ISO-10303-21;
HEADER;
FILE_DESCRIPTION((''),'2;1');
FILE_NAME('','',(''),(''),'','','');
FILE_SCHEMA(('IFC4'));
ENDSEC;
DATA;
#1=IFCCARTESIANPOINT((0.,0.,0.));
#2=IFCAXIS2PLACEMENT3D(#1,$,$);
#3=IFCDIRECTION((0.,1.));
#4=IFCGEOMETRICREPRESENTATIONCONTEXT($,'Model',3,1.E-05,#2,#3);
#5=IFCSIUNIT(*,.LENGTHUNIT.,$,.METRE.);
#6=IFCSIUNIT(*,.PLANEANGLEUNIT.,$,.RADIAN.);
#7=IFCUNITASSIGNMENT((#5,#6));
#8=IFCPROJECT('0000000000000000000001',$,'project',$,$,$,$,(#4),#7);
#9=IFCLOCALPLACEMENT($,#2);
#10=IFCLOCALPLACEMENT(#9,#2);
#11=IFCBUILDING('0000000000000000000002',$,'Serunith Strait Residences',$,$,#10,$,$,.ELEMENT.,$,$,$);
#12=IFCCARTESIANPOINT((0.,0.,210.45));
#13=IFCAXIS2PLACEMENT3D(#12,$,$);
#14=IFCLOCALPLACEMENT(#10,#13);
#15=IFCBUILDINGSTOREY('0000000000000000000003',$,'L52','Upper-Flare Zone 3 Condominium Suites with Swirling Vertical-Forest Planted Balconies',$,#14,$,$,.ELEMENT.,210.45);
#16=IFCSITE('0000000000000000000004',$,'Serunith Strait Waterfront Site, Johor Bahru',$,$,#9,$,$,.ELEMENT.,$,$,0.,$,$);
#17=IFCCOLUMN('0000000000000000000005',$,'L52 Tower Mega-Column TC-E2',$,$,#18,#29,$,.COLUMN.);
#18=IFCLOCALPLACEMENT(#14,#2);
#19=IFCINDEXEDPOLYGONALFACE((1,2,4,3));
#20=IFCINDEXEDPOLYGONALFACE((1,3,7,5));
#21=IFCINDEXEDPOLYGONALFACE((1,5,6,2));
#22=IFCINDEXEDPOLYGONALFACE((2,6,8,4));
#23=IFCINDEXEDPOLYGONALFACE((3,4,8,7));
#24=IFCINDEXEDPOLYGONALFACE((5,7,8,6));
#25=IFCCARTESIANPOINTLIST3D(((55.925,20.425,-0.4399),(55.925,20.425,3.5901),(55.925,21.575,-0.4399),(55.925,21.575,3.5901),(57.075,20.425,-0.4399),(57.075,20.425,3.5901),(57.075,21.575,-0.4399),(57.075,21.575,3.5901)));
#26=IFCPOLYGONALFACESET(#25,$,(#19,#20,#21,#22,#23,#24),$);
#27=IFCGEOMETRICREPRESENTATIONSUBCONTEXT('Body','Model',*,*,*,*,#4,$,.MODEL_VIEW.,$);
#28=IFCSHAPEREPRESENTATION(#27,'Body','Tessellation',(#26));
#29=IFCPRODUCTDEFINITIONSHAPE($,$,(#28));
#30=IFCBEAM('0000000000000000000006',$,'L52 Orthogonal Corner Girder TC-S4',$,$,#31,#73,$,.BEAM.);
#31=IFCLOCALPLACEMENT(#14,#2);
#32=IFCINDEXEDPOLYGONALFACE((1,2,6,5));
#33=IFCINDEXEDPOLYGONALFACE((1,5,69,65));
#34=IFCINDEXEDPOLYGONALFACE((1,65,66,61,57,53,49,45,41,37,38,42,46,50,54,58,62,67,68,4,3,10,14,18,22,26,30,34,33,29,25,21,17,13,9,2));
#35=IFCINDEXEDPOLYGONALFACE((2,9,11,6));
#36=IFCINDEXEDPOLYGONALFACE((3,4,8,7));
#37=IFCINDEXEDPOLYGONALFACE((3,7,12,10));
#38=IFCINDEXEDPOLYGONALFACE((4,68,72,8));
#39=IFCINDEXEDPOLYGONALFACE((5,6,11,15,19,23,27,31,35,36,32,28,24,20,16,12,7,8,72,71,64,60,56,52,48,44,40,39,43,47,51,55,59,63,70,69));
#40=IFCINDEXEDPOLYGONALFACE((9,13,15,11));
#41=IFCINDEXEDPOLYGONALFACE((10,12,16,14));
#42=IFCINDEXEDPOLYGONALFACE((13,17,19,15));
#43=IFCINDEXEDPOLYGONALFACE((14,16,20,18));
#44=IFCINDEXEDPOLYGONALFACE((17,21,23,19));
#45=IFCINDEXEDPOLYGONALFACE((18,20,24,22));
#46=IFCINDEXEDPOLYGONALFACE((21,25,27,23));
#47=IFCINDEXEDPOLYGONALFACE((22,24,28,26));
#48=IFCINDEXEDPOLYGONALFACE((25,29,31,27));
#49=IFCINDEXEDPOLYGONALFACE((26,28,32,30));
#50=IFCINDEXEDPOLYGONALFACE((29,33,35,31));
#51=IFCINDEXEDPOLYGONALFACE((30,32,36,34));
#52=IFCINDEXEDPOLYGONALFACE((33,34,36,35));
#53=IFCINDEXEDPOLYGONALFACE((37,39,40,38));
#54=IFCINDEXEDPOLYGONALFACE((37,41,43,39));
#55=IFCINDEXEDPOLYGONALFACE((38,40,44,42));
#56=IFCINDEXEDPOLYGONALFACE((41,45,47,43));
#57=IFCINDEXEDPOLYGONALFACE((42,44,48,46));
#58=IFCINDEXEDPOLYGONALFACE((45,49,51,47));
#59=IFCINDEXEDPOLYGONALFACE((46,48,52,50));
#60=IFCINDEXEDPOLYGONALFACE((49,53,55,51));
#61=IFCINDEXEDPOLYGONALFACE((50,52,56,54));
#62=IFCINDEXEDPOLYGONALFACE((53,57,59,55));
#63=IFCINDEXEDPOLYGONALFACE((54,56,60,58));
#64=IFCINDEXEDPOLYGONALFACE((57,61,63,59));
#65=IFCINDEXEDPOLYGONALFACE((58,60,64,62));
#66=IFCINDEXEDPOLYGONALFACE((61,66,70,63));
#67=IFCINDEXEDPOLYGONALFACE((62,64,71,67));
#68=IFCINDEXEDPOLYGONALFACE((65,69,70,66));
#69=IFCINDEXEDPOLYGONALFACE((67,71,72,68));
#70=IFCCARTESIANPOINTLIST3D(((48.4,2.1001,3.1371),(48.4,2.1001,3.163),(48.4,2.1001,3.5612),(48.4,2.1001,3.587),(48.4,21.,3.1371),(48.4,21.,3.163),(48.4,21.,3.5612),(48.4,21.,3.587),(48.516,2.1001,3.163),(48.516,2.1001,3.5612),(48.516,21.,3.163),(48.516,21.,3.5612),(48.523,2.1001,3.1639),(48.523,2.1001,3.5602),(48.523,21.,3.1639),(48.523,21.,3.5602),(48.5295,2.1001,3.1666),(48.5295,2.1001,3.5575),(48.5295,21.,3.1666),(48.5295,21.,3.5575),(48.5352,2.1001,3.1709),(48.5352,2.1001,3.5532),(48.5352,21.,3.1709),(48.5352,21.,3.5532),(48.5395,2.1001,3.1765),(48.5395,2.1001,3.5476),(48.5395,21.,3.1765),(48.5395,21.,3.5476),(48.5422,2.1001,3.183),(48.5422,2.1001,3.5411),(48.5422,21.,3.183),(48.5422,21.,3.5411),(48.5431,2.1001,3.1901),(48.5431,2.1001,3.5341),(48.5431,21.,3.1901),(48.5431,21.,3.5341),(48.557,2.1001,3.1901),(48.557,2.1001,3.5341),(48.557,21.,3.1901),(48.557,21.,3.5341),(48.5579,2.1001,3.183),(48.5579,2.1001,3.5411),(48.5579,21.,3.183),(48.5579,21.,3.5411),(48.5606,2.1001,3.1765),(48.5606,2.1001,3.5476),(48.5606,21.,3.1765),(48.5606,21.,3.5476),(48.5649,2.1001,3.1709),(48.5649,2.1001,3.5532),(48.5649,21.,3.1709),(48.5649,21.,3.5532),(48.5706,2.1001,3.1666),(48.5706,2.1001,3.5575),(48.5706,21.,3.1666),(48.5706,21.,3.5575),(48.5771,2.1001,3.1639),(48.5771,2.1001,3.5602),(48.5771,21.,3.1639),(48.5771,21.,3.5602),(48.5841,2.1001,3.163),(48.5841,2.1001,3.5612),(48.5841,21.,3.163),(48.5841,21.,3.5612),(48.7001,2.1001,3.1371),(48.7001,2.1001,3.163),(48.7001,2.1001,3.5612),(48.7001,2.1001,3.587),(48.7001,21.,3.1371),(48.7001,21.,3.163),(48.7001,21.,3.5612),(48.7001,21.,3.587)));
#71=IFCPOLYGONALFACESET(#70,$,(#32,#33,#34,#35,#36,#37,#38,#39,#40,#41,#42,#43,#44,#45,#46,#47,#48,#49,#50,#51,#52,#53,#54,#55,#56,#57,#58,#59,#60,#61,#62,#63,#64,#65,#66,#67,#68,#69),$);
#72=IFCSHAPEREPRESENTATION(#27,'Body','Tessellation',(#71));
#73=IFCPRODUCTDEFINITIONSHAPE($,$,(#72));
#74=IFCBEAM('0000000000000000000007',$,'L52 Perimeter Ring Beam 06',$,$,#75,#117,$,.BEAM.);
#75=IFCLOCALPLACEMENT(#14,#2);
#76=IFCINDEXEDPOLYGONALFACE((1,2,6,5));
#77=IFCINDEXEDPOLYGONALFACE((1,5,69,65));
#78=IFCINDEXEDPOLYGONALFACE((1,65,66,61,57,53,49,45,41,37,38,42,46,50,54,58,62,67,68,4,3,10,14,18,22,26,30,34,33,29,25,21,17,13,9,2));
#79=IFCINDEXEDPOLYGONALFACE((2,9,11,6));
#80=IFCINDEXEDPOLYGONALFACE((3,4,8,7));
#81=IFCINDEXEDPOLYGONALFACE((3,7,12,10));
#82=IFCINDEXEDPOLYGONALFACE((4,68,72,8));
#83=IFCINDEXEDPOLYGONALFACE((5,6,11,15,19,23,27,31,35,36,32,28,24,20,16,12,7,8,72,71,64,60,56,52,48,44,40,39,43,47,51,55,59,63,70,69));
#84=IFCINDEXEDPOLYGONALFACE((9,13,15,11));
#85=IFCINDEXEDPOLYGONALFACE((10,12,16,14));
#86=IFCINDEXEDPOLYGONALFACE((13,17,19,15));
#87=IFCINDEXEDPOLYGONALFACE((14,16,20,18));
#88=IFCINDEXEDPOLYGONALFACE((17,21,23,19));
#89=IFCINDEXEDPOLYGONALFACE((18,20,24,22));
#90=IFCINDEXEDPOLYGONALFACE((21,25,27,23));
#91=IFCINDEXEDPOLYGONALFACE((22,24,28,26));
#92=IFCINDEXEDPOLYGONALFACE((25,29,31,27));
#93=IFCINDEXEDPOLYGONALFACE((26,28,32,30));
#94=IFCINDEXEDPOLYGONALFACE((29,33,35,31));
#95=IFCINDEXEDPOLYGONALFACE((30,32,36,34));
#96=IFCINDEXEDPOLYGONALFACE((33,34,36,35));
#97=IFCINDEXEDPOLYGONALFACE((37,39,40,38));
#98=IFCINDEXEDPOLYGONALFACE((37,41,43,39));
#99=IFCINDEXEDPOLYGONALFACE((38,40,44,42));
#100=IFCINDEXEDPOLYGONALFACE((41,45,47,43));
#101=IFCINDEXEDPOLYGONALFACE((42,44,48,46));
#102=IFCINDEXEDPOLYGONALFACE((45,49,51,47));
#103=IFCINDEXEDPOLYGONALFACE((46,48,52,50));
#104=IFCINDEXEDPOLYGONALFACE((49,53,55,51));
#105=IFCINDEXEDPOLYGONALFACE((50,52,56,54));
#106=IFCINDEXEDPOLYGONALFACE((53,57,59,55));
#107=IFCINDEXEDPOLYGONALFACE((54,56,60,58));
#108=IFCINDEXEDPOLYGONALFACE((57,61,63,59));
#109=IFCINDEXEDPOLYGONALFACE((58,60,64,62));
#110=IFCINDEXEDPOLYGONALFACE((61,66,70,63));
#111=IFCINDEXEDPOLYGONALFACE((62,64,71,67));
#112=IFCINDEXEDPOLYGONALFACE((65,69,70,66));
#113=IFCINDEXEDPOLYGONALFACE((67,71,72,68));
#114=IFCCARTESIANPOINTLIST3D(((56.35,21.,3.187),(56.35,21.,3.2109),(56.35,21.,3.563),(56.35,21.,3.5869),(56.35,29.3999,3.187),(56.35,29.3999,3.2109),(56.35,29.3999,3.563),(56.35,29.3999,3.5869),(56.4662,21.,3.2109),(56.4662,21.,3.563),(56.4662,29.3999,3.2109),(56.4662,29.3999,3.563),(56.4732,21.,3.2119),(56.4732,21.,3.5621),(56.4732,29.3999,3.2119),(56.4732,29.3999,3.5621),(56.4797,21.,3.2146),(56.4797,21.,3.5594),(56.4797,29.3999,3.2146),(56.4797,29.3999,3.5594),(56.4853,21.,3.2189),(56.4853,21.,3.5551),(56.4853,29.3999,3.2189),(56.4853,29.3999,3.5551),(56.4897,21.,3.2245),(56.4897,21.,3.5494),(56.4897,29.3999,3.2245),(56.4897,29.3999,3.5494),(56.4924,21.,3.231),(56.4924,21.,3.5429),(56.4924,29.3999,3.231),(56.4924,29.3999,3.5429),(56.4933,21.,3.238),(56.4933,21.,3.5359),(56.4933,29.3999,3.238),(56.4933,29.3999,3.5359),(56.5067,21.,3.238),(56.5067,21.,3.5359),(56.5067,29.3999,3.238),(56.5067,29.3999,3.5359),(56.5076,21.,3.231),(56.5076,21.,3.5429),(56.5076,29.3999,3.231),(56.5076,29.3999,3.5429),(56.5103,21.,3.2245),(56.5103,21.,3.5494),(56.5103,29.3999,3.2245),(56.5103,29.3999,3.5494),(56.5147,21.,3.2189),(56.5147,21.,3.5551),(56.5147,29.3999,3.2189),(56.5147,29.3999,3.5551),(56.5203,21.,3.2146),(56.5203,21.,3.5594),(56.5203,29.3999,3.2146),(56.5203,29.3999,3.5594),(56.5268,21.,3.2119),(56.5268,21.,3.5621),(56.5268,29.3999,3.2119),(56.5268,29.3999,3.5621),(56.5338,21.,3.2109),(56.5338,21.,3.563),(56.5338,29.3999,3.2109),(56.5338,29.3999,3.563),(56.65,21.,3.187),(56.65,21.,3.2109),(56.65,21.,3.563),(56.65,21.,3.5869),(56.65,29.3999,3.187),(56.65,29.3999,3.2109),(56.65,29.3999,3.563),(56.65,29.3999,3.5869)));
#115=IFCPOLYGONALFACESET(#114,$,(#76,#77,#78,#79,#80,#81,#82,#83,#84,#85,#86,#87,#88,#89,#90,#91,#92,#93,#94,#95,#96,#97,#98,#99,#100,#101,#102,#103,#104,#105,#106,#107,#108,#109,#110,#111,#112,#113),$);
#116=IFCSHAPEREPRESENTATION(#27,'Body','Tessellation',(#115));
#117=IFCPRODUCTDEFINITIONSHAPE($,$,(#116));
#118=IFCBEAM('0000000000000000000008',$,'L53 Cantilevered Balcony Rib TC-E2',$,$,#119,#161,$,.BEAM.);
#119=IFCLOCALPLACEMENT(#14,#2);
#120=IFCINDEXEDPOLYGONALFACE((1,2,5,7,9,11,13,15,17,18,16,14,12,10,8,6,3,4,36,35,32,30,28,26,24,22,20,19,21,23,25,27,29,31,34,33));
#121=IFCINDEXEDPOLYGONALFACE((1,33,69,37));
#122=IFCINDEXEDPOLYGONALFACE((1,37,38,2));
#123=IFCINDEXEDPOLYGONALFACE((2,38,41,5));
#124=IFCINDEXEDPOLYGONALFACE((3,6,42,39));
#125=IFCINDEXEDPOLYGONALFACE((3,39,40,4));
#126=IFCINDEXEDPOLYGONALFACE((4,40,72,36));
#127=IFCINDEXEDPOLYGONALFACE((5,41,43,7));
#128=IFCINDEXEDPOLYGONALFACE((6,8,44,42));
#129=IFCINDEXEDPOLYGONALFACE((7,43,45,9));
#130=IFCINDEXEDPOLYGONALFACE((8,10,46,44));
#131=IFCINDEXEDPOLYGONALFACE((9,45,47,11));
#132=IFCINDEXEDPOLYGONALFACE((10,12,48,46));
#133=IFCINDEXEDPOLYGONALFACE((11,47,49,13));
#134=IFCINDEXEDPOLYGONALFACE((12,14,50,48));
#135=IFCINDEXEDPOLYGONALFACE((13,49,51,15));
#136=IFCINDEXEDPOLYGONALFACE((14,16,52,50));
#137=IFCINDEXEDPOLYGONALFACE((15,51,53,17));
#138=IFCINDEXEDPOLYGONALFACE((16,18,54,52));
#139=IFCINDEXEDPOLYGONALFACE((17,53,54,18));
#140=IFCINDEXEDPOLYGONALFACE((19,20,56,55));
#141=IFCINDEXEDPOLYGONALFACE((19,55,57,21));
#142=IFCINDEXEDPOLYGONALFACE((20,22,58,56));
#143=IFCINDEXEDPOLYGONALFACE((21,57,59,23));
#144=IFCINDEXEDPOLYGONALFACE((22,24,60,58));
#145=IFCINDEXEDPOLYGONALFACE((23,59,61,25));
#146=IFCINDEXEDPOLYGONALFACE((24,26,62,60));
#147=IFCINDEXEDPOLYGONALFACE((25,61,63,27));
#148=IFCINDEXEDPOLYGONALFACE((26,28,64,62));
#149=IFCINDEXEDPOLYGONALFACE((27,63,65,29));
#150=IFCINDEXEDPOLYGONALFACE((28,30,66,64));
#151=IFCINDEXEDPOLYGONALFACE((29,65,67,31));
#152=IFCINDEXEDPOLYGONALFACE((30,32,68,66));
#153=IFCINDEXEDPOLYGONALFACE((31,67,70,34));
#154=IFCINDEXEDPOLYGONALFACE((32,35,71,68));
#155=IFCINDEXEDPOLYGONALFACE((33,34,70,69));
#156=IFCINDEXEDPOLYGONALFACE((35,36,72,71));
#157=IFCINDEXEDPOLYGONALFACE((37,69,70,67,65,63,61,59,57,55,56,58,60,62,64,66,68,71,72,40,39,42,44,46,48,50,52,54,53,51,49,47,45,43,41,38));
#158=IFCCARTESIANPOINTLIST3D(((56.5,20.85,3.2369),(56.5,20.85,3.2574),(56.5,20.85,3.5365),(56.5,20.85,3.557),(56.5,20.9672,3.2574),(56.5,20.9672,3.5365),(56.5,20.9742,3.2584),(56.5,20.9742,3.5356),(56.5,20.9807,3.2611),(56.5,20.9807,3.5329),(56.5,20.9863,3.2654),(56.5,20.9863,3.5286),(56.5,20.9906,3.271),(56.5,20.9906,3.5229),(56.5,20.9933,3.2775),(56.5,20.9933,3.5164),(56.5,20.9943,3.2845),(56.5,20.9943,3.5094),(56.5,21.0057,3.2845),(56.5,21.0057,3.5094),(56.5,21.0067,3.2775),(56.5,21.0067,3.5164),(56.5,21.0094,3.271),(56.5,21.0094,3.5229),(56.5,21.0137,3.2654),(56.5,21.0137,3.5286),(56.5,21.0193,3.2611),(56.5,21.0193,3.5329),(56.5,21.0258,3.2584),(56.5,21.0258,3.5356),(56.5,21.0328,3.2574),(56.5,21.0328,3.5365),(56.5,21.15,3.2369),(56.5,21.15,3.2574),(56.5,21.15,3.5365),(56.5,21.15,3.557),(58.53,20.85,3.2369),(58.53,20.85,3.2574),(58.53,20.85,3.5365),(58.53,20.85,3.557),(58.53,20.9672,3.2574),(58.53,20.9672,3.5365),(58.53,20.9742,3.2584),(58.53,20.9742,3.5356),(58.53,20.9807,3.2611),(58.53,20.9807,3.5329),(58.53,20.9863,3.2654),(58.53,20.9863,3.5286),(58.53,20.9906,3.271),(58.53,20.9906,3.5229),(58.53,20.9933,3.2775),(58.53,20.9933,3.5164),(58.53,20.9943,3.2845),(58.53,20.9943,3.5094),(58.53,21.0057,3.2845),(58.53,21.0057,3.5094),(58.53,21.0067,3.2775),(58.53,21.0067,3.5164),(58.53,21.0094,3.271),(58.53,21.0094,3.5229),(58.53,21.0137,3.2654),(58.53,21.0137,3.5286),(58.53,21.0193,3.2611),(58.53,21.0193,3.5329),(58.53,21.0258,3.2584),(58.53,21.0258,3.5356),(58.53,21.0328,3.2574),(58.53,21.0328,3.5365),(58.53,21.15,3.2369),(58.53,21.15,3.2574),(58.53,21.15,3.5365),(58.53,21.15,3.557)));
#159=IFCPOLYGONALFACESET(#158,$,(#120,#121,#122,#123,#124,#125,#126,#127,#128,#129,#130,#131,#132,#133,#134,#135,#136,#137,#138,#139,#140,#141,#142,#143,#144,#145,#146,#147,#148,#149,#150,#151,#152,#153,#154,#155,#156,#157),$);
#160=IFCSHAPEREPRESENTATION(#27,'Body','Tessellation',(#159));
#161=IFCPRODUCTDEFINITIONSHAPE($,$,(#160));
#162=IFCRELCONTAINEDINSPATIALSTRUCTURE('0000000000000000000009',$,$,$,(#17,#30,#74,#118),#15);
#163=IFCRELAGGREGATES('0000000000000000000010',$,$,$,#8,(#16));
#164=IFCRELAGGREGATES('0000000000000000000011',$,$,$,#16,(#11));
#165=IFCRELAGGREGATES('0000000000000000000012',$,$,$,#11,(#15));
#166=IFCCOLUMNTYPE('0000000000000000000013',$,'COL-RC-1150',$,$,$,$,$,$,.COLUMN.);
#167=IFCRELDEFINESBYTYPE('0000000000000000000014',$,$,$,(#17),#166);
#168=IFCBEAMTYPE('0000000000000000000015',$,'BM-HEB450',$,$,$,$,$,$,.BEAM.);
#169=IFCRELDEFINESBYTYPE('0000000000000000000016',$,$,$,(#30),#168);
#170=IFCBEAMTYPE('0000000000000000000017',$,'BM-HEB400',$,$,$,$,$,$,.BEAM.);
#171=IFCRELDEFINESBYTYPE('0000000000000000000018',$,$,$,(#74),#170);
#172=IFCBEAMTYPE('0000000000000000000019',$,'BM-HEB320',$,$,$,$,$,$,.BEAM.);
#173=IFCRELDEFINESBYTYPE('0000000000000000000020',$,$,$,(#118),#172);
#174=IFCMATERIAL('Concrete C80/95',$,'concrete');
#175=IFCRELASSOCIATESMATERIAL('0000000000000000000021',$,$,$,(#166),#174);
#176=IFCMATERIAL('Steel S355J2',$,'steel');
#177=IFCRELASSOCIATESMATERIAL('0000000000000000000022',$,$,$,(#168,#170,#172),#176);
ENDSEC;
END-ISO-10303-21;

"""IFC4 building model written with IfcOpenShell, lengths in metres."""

from ifc_helpers import new_model, si_unit, direction, frame, origin, origin_2d, place, context, subcontext, project, spatial, rectangle, i_section, extrude, source, transform, mapped, material, material_profile, profile_set, type_object, element, save


model = new_model("IFC4")

# Units and contexts
model_context = context("Model", 3, precision=1e-05, world=origin(), true_north=direction((0.0, 1.0)))
body_context = subcontext(model_context, "Body", "Model", "MODEL_VIEW")
ifc_project = project(units=[si_unit("LENGTHUNIT", "METRE"), si_unit("PLANEANGLEUNIT", "RADIAN")], contexts=[model_context])

# Site, building, storey
site_placement = place(None, origin())
site = spatial("IfcSite", under=ifc_project, at=site_placement, Name="Serunith Strait Waterfront Site, Johor Bahru", CompositionType="ELEMENT", RefElevation=0.0)
building_placement = place(site_placement, origin())
building = spatial("IfcBuilding", under=site, at=building_placement, Name="Serunith Strait Residences", CompositionType="ELEMENT")
storey_placement = place(building_placement, frame((0.0, 0.0, 210.45)))
storey = spatial("IfcBuildingStorey", under=building, at=storey_placement, Name="L52", Description="Upper-Flare Zone 3 Condominium Suites with Swirling Vertical-Forest Planted Balconies", CompositionType="ELEMENT", Elevation=210.45)

# Column
ifc_material_1 = material(Name="Concrete C80/95", Category="concrete")
ifc_material_profile_1 = material_profile(ifc_material_1, rectangle(XDim=1.1499, YDim=1.1499, at=origin_2d()), Name="RC 1150x1150")
ifc_profile_set_1 = profile_set([ifc_material_profile_1], Name="Concrete C80/95")
column_type = type_object("IfcColumnType", Name="COL-RC-1150", PredefinedType="COLUMN", material=ifc_profile_set_1)
shared_shape_1 = source(origin(), body_context, "Body", "SweptSolid", [
    extrude(rectangle(XDim=1.1499, YDim=1.1499, at=origin_2d()), origin(), (0.0, 0.0, 1.0), 4.03),
])
column_placement = place(storey_placement, frame((56.5, 21.0, -0.4399), z_axis=(0.0, 0.0, 1.0), x_axis=(1.0, 0.0, 0.0)))
element("IfcColumn", 1, at=column_placement, inside=storey, type_object=column_type, Name="L52 Tower Mega-Column TC-E2", PredefinedType="COLUMN", context=body_context, shape_type="MappedRepresentation", body=[
    mapped(shared_shape_1, transform((0.0, 0.0, 0.0), scale=1.0)),
])

# Beams
ifc_material_2 = material(Name="Steel S355J2", Category="steel")
ifc_material_profile_2 = material_profile(ifc_material_2, i_section(OverallWidth=0.3, OverallDepth=0.45, WebThickness=0.0139, FlangeThickness=0.0259, FilletRadius=0.0271, at=origin_2d()), Name="HEB 450")
ifc_profile_set_2 = profile_set([ifc_material_profile_2], Name="Steel S355J2")
beam_type_1 = type_object("IfcBeamType", Name="BM-HEB450", PredefinedType="BEAM", material=ifc_profile_set_2)
shared_shape_2 = source(origin(), body_context, "Body", "SweptSolid", [
    extrude(i_section(OverallWidth=0.3, OverallDepth=0.45, WebThickness=0.0139, FlangeThickness=0.0259, FilletRadius=0.0271, at=origin_2d()), origin(), (0.0, 0.0, 1.0), 18.8999),
])
beam_1_placement = place(storey_placement, frame((48.55, 21.0, 3.3621), z_axis=(0.0, -1.0, 0.0), x_axis=(1.0, 0.0, 0.0)))
element("IfcBeam", 2, at=beam_1_placement, inside=storey, type_object=beam_type_1, Name="L52 Orthogonal Corner Girder TC-S4", PredefinedType="BEAM", context=body_context, shape_type="MappedRepresentation", body=[
    mapped(shared_shape_2, transform((0.0, 0.0, 0.0), scale=1.0)),
])
ifc_material_profile_3 = material_profile(ifc_material_2, i_section(OverallWidth=0.3, OverallDepth=0.3999, WebThickness=0.0134, FlangeThickness=0.0239, FilletRadius=0.0271, at=origin_2d()), Name="HEB 400")
ifc_profile_set_3 = profile_set([ifc_material_profile_3], Name="Steel S355J2")
beam_type_2 = type_object("IfcBeamType", Name="BM-HEB400", PredefinedType="BEAM", material=ifc_profile_set_3)
shared_shape_3 = source(origin(), body_context, "Body", "SweptSolid", [
    extrude(i_section(OverallWidth=0.3, OverallDepth=0.3999, WebThickness=0.0134, FlangeThickness=0.0239, FilletRadius=0.0271, at=origin_2d()), origin(), (0.0, 0.0, 1.0), 8.3999),
])
beam_2_placement = place(storey_placement, frame((56.5, 21.0, 3.387), z_axis=(0.0, 1.0, 0.0), x_axis=(-1.0, 0.0, 0.0)))
element("IfcBeam", 3, at=beam_2_placement, inside=storey, type_object=beam_type_2, Name="L52 Perimeter Ring Beam 06", PredefinedType="BEAM", context=body_context, shape_type="MappedRepresentation", body=[
    mapped(shared_shape_3, transform((0.0, 0.0, 0.0), scale=1.0)),
])
ifc_material_profile_4 = material_profile(ifc_material_2, i_section(OverallWidth=0.3, OverallDepth=0.3201, WebThickness=0.0115, FlangeThickness=0.0205, FilletRadius=0.0271, at=origin_2d()), Name="HEB 320")
ifc_profile_set_4 = profile_set([ifc_material_profile_4], Name="Steel S355J2")
beam_type_3 = type_object("IfcBeamType", Name="BM-HEB320", PredefinedType="BEAM", material=ifc_profile_set_4)
shared_shape_4 = source(origin(), body_context, "Body", "SweptSolid", [
    extrude(i_section(OverallWidth=0.3, OverallDepth=0.3201, WebThickness=0.0115, FlangeThickness=0.0205, FilletRadius=0.0271, at=origin_2d()), origin(), (0.0, 0.0, 1.0), 2.03),
])
beam_3_placement = place(storey_placement, frame((56.5, 21.0, 3.397), z_axis=(1.0, 0.0, 0.0), x_axis=(0.0, 1.0, 0.0)))
element("IfcBeam", 4, at=beam_3_placement, inside=storey, type_object=beam_type_3, Name="L53 Cantilevered Balcony Rib TC-E2", PredefinedType="BEAM", context=body_context, shape_type="MappedRepresentation", body=[
    mapped(shared_shape_4, transform((0.0, 0.0, 0.0), scale=1.0)),
])

save(model, "model.ifc")
